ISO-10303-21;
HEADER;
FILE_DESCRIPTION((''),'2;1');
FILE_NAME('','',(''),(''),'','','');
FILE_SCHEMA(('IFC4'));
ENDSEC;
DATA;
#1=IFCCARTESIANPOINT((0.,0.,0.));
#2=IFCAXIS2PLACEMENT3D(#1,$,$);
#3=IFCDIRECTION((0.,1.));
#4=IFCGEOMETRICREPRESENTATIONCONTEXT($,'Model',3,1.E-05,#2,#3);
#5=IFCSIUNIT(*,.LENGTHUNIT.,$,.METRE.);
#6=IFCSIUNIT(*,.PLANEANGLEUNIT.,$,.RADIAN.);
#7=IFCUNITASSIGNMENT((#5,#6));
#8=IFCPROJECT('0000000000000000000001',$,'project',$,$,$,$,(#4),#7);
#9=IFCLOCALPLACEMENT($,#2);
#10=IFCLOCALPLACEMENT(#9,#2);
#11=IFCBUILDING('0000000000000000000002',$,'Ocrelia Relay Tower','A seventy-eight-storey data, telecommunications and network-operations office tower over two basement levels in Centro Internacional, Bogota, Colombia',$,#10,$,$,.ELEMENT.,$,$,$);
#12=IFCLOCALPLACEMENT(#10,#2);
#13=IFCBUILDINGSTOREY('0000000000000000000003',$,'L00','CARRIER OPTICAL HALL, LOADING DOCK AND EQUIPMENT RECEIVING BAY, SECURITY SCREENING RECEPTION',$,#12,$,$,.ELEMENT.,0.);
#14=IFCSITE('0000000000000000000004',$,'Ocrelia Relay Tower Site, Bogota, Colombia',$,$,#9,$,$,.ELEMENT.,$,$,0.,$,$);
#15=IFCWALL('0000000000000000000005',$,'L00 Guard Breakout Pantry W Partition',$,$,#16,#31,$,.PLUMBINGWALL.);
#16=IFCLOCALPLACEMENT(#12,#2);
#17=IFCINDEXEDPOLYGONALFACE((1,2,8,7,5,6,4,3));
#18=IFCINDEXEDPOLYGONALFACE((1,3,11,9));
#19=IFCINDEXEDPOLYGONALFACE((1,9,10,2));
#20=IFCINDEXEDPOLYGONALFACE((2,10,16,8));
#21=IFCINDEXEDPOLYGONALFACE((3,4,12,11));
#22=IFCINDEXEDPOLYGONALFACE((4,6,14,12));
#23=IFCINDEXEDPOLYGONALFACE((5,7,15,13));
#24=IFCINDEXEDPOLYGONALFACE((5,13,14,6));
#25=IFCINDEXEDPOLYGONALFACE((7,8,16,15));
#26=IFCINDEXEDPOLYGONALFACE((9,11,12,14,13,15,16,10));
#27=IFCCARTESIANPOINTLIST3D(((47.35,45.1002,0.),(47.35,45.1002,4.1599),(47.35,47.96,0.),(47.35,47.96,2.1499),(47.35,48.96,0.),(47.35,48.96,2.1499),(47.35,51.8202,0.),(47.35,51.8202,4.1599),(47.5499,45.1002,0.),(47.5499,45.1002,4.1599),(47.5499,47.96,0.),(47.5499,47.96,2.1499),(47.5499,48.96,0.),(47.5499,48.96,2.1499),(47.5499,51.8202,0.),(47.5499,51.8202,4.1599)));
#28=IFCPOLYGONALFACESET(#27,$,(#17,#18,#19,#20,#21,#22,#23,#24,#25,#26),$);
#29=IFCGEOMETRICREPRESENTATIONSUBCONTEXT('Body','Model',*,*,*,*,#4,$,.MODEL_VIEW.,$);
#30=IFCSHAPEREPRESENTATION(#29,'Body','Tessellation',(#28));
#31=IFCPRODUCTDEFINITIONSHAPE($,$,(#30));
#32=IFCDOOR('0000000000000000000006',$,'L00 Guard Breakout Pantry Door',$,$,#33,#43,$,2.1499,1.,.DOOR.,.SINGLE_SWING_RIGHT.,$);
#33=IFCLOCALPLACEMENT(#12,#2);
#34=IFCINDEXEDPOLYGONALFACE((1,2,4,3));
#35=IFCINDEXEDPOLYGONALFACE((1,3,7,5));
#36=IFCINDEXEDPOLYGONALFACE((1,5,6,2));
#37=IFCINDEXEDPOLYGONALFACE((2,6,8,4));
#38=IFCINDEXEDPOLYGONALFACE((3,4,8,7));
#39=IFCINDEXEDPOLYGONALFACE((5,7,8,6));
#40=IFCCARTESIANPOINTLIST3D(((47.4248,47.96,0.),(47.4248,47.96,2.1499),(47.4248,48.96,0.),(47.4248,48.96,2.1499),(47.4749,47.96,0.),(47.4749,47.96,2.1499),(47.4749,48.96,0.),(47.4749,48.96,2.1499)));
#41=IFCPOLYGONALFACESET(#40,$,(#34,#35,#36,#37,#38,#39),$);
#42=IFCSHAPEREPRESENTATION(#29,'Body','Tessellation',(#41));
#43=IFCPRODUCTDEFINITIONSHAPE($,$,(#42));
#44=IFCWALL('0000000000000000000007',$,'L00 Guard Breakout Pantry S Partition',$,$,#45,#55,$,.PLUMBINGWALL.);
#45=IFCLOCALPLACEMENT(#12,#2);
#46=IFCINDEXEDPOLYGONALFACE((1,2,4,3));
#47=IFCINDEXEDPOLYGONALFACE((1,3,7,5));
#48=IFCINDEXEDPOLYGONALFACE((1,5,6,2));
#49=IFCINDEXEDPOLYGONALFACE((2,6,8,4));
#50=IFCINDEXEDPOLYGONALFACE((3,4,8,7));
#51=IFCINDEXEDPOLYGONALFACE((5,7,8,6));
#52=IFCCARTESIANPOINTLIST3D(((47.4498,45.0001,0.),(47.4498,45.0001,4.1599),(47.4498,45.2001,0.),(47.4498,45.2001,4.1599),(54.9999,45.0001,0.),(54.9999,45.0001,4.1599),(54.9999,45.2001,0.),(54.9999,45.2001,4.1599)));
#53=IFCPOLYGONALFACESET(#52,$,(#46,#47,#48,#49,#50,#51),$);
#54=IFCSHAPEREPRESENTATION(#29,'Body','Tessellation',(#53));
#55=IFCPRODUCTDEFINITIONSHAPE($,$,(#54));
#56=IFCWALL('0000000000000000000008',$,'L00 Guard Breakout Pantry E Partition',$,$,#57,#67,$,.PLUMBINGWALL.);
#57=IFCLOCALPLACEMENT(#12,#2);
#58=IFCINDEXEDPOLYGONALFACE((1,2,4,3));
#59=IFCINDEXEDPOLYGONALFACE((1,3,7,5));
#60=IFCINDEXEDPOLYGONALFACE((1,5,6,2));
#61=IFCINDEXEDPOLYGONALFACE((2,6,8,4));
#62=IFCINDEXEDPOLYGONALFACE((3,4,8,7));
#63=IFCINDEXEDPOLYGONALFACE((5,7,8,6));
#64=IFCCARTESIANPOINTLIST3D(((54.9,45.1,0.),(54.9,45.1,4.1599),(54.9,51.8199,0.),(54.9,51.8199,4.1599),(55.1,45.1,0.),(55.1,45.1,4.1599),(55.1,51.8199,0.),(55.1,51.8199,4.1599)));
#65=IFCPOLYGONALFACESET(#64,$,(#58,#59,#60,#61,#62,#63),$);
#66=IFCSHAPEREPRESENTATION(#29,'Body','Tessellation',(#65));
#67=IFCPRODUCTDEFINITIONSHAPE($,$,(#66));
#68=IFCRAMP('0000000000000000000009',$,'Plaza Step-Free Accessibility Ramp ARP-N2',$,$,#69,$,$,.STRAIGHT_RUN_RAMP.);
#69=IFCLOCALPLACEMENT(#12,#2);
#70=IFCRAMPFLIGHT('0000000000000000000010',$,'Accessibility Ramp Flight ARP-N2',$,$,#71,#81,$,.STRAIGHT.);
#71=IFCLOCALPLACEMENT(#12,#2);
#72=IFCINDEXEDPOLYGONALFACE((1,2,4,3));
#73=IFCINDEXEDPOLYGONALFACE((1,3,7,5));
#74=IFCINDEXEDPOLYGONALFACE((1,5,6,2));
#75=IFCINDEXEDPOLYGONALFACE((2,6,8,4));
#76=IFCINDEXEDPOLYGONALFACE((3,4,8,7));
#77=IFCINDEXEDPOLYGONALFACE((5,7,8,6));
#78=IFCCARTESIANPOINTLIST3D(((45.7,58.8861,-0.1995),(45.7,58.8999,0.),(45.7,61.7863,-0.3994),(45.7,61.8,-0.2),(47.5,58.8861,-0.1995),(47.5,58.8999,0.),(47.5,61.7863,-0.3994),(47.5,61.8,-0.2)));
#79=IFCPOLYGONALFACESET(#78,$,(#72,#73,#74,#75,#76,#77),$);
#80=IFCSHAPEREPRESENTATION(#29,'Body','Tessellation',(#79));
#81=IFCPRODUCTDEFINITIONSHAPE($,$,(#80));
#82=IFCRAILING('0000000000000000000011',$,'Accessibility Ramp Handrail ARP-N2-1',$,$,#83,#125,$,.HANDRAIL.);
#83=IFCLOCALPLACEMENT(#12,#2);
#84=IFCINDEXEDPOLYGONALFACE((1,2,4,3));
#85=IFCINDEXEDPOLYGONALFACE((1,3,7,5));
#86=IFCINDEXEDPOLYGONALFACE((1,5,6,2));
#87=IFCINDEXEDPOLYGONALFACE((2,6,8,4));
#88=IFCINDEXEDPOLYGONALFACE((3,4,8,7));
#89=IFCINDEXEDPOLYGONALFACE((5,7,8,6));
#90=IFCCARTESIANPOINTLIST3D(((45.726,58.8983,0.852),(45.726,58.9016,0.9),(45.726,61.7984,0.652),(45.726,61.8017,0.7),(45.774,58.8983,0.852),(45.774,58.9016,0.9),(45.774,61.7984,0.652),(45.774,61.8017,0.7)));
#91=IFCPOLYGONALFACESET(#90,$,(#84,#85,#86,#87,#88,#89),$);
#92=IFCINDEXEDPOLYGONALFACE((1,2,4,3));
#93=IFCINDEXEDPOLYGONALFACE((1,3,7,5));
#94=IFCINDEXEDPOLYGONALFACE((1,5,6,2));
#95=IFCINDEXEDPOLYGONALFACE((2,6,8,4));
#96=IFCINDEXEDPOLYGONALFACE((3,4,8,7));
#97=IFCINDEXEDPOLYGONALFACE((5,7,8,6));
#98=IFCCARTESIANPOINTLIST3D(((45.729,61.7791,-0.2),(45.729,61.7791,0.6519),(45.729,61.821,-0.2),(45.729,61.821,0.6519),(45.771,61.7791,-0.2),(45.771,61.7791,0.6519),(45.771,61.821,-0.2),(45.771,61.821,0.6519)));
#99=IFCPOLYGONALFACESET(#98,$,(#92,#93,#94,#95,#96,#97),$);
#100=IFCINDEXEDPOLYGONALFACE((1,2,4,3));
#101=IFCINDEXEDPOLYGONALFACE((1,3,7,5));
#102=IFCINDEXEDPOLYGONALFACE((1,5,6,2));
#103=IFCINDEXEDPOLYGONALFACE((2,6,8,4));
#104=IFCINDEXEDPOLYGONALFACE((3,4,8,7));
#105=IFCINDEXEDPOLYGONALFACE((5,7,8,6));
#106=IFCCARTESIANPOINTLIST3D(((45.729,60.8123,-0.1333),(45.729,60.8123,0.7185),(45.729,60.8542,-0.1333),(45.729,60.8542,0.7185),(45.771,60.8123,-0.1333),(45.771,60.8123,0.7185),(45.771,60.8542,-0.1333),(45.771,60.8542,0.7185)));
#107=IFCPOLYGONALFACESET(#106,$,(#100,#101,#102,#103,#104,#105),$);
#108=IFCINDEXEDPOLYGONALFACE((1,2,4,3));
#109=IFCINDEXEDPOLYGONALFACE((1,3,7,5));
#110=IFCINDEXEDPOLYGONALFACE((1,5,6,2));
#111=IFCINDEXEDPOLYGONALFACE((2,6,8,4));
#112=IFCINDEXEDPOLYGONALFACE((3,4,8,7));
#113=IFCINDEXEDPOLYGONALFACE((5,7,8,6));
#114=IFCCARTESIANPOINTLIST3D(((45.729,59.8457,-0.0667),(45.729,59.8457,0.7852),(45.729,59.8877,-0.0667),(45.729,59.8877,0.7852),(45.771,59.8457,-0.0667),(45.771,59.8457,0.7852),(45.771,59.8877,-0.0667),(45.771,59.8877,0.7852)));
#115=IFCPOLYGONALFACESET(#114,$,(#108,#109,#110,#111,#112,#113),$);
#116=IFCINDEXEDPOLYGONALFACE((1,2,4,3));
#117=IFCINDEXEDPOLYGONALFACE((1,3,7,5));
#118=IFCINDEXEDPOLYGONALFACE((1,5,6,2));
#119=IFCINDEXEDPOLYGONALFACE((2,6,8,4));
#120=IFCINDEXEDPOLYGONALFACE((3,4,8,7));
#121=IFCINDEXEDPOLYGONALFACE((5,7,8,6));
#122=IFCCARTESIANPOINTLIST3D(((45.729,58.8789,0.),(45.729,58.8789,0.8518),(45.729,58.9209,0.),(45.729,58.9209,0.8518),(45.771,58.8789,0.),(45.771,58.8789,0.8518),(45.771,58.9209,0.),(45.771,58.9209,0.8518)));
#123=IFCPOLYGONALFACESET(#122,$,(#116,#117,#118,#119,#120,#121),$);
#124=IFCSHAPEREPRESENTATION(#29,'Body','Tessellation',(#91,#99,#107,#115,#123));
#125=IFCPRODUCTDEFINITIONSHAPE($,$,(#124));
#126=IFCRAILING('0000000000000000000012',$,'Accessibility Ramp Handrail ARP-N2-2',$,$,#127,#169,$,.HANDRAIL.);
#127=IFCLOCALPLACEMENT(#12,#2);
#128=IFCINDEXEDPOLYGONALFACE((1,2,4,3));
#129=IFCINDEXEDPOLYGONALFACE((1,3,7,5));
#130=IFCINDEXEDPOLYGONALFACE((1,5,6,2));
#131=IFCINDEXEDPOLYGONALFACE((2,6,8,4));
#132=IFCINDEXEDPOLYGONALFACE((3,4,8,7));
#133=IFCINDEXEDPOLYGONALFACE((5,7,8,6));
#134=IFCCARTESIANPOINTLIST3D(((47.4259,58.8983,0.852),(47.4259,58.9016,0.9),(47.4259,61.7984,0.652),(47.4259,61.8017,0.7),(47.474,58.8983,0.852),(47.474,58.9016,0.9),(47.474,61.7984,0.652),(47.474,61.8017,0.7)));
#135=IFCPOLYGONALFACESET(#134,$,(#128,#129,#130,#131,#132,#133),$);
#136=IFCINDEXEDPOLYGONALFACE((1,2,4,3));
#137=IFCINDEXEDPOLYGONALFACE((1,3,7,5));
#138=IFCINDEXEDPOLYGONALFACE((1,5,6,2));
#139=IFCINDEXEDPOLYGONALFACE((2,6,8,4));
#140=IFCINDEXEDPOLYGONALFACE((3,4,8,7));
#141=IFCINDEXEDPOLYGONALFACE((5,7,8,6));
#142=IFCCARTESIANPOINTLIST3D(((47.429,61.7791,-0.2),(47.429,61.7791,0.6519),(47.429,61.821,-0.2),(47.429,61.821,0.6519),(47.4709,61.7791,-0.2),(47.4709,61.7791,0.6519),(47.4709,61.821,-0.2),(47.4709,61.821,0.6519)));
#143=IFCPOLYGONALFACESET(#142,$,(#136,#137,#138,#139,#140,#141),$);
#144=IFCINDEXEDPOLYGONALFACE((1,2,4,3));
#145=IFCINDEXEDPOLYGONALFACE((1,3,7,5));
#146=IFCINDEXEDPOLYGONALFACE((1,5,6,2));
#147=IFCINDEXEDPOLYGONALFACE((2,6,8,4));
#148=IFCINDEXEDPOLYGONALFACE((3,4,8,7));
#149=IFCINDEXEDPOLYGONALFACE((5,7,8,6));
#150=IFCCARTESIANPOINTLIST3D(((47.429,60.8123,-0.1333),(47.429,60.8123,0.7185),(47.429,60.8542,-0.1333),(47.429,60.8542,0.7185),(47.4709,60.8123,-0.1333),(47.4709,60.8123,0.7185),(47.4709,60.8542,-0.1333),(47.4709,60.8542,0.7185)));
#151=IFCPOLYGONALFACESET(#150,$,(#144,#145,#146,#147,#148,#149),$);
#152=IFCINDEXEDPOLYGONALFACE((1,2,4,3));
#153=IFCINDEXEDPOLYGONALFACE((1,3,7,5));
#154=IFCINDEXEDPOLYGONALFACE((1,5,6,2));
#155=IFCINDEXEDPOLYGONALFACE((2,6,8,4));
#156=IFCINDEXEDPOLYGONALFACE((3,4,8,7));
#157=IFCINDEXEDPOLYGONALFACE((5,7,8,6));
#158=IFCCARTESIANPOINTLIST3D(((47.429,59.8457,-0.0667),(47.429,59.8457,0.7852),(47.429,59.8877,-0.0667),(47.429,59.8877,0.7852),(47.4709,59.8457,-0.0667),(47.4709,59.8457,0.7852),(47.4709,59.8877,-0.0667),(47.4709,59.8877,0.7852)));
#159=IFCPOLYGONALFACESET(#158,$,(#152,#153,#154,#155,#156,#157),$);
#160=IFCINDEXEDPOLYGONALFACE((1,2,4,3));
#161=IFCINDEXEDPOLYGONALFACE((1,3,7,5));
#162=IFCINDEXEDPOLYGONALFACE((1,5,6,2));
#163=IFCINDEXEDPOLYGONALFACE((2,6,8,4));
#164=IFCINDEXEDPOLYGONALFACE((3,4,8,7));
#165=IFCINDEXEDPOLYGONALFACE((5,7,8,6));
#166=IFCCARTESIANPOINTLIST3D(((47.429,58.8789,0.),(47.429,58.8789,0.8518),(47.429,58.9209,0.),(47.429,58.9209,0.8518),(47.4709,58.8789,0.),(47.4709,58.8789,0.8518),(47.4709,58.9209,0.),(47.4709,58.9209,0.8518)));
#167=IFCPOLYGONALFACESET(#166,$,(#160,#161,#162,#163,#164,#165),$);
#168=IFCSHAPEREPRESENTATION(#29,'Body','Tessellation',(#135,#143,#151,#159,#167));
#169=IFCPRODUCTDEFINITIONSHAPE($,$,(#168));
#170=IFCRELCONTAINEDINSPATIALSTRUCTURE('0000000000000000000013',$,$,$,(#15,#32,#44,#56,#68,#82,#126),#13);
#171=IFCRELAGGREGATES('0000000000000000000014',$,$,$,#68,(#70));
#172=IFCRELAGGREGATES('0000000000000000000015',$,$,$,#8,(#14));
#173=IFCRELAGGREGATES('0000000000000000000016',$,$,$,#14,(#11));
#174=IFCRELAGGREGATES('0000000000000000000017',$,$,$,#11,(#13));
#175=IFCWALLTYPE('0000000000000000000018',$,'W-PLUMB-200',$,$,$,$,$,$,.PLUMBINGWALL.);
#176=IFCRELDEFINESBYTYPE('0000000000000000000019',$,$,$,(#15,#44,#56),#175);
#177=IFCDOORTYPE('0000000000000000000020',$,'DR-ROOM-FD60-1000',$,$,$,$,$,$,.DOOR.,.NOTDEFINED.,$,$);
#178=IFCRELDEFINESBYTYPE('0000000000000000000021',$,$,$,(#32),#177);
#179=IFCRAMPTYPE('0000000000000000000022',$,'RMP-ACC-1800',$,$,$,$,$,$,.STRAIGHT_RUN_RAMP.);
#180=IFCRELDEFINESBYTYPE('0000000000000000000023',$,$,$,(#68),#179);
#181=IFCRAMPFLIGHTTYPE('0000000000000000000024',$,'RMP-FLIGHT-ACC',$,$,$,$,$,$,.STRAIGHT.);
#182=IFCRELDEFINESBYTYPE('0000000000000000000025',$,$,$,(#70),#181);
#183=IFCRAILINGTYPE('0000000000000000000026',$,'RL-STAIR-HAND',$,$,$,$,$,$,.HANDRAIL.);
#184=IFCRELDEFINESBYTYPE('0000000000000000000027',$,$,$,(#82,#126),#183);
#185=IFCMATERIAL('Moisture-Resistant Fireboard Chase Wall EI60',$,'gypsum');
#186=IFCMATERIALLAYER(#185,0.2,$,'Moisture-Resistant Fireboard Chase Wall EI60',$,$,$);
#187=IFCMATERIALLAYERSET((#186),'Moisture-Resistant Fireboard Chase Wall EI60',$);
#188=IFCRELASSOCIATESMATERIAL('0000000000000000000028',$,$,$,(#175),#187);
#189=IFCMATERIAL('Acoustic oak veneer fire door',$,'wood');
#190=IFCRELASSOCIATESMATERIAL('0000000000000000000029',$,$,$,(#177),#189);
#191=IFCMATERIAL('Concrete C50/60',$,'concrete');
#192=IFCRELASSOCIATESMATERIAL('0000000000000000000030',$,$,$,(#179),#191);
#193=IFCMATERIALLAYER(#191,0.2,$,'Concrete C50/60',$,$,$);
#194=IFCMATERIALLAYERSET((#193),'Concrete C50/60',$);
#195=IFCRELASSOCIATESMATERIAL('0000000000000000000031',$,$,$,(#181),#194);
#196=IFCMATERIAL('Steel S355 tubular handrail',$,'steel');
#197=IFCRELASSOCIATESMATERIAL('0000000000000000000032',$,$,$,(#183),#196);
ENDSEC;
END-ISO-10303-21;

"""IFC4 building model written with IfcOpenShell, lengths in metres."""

from ifc_helpers import new_model, si_unit, direction, frame, frame_2d, origin, origin_2d, place, context, subcontext, project, spatial, polyline, rectangle, outline, extrude, material, layer, layer_set, type_object, element, fill, aggregate, save


model = new_model("IFC4")

# Units and contexts
model_context = context("Model", 3, precision=1e-05, world=origin(), true_north=direction((0.0, 1.0)))
body_context = subcontext(model_context, "Body", "Model", "MODEL_VIEW")
ifc_project = project(units=[si_unit("LENGTHUNIT", "METRE"), si_unit("PLANEANGLEUNIT", "RADIAN")], contexts=[model_context])

# Site, building, storey
site_placement = place(None, origin())
site = spatial("IfcSite", under=ifc_project, at=site_placement, Name="Ocrelia Relay Tower Site, Bogota, Colombia", CompositionType="ELEMENT", RefElevation=0.0)
building_placement = place(site_placement, origin())
building = spatial("IfcBuilding", under=site, at=building_placement, Name="Ocrelia Relay Tower", Description="A seventy-eight-storey data, telecommunications and network-operations office tower over two basement levels in Centro Internacional, Bogota, Colombia", CompositionType="ELEMENT")
storey_placement = place(building_placement, origin())
storey = spatial("IfcBuildingStorey", under=building, at=storey_placement, Name="L00", Description="CARRIER OPTICAL HALL, LOADING DOCK AND EQUIPMENT RECEIVING BAY, SECURITY SCREENING RECEPTION", CompositionType="ELEMENT", Elevation=0.0)

# Shared definitions
ifc_material_1 = material(Name="Concrete C50/60", Category="concrete")

# Shared definitions
ifc_material_2 = material(Name="Moisture-Resistant Fireboard Chase Wall EI60", Category="gypsum")
ifc_layer_1 = layer(ifc_material_2, 0.2, Name="Moisture-Resistant Fireboard Chase Wall EI60")
ifc_layer_set_1 = layer_set([ifc_layer_1], Name="Moisture-Resistant Fireboard Chase Wall EI60")
wall_type_1 = type_object("IfcWallType", Name="W-PLUMB-200", PredefinedType="PLUMBINGWALL", material=ifc_layer_set_1)

# Wall, opening, door
wall_1_placement = place(storey_placement, frame((47.45, 51.8201, 0.0), z_axis=(0.0, 0.0, 1.0), x_axis=(0.0, -1.0, 0.0)))
wall_1 = element("IfcWall", 1, at=wall_1_placement, inside=storey, type_object=wall_type_1, Name="L00 Guard Breakout Pantry W Partition", PredefinedType="PLUMBINGWALL", context=body_context, shape_type="SweptSolid", body=[
    extrude(rectangle(XDim=6.72, YDim=0.2, at=frame_2d((3.3599, 0.0))), origin(), (0.0, 0.0, 1.0), 4.1599),
])
opening_1_placement = place(wall_1_placement, frame((2.8601, 0.0, 0.0)))
opening_1 = element("IfcOpeningElement", 2, at=opening_1_placement, cuts=wall_1, PredefinedType="OPENING", context=body_context, shape_type="SweptSolid", body=[
    extrude(rectangle(XDim=1.0, YDim=2.1499, at=frame_2d((0.5, 1.075))), frame((0.0, 0.1099, 0.0), z_axis=(0.0, -1.0, 0.0), x_axis=(1.0, 0.0, 0.0)), (0.0, 0.0, 1.0), 0.22),
])
ifc_material_3 = material(Name="Acoustic oak veneer fire door", Category="wood")
door_type_1 = type_object("IfcDoorType", Name="DR-ROOM-FD60-1000", OperationType="NOTDEFINED", PredefinedType="DOOR", material=ifc_material_3)
door_1_placement = place(opening_1_placement, origin())
door_1 = element("IfcDoor", 3, at=door_1_placement, inside=storey, type_object=door_type_1, Name="L00 Guard Breakout Pantry Door", OperationType="SINGLE_SWING_RIGHT", OverallHeight=2.1499, OverallWidth=1.0, PredefinedType="DOOR", context=body_context, shape_type="SweptSolid", body=[
    extrude(rectangle(XDim=1.0, YDim=2.1499, at=frame_2d((0.5, 1.075))), frame((0.0, 0.0249, 0.0), z_axis=(0.0, -1.0, 0.0), x_axis=(1.0, 0.0, 0.0)), (0.0, 0.0, 1.0), 0.05),
])
fill(opening_1, door_1)

# Walls
wall_2_placement = place(storey_placement, frame((47.45, 45.1001, 0.0), z_axis=(0.0, 0.0, 1.0), x_axis=(1.0, 0.0, 0.0)))
element("IfcWall", 4, at=wall_2_placement, inside=storey, type_object=wall_type_1, Name="L00 Guard Breakout Pantry S Partition", PredefinedType="PLUMBINGWALL", context=body_context, shape_type="SweptSolid", body=[
    extrude(rectangle(XDim=7.55, YDim=0.2, at=frame_2d((3.7749, 0.0))), origin(), (0.0, 0.0, 1.0), 4.1599),
])
wall_3_placement = place(storey_placement, frame((55.0, 45.1001, 0.0), z_axis=(0.0, 0.0, 1.0), x_axis=(0.0, 1.0, 0.0)))
element("IfcWall", 5, at=wall_3_placement, inside=storey, type_object=wall_type_1, Name="L00 Guard Breakout Pantry E Partition", PredefinedType="PLUMBINGWALL", context=body_context, shape_type="SweptSolid", body=[
    extrude(rectangle(XDim=6.72, YDim=0.2, at=frame_2d((3.3599, 0.0))), origin(), (0.0, 0.0, 1.0), 4.1599),
])

# Ramp, ramp flight
ramp_type = type_object("IfcRampType", Name="RMP-ACC-1800", PredefinedType="STRAIGHT_RUN_RAMP", material=ifc_material_1)
ramp_placement = place(storey_placement, origin())
ramp = element("IfcRamp", 6, at=ramp_placement, inside=storey, type_object=ramp_type, Name="Plaza Step-Free Accessibility Ramp ARP-N2", PredefinedType="STRAIGHT_RUN_RAMP")
ifc_layer_2 = layer(ifc_material_1, 0.2, Name="Concrete C50/60")
ifc_layer_set_2 = layer_set([ifc_layer_2], Name="Concrete C50/60")
ramp_flight_type = type_object("IfcRampFlightType", Name="RMP-FLIGHT-ACC", PredefinedType="STRAIGHT", material=ifc_layer_set_2)
ramp_flight_placement = place(storey_placement, frame((45.7, 58.8999, 0.0), z_axis=(0.0, 0.068782, 0.997632), x_axis=(1.0, 0.0, 0.0)))
ramp_flight = element("IfcRampFlight", 7, at=ramp_flight_placement, type_object=ramp_flight_type, Name="Accessibility Ramp Flight ARP-N2", PredefinedType="STRAIGHT", context=body_context, shape_type="SweptSolid", body=[
    extrude(outline(polyline([(0.0, 0.0), (1.8, 0.0), (1.8, 2.907), (0.0, 2.907), (0.0, 0.0)])), origin(), (0.0, 0.0, -1.0), 0.2),
])
aggregate(ramp, [ramp_flight])

# Railings
ifc_material_4 = material(Name="Steel S355 tubular handrail", Category="steel")
railing_type = type_object("IfcRailingType", Name="RL-STAIR-HAND", PredefinedType="HANDRAIL", material=ifc_material_4)
for number, where, name in (
    (8, (45.75, 61.8, -0.2), "Accessibility Ramp Handrail ARP-N2-1"),
    (9, (47.45, 61.8, -0.2), "Accessibility Ramp Handrail ARP-N2-2"),
):
    element("IfcRailing", number, at=place(storey_placement, frame(where)), inside=storey, type_object=railing_type, Name=name, PredefinedType="HANDRAIL", context=body_context, shape_type="SweptSolid", body=[
        extrude(rectangle(XDim=0.0481, YDim=0.0481, at=origin_2d()), frame((0.0, 0.0, 0.876), z_axis=(0.0, -0.997632, 0.068782), x_axis=(1.0, 0.0, 0.0)), (0.0, 0.0, 1.0), 2.907),
        extrude(rectangle(XDim=0.042, YDim=0.042, at=origin_2d()), origin(), (0.0, 0.0, 1.0), 0.8518),
        extrude(rectangle(XDim=0.042, YDim=0.042, at=origin_2d()), frame((0.0, -0.9668, 0.0667)), (0.0, 0.0, 1.0), 0.8518),
        extrude(rectangle(XDim=0.042, YDim=0.042, at=origin_2d()), frame((0.0, -1.9333, 0.1333)), (0.0, 0.0, 1.0), 0.8518),
        extrude(rectangle(XDim=0.042, YDim=0.042, at=origin_2d()), frame((0.0, -2.9001, 0.2)), (0.0, 0.0, 1.0), 0.8518),
    ])

save(model, "model.ifc")
